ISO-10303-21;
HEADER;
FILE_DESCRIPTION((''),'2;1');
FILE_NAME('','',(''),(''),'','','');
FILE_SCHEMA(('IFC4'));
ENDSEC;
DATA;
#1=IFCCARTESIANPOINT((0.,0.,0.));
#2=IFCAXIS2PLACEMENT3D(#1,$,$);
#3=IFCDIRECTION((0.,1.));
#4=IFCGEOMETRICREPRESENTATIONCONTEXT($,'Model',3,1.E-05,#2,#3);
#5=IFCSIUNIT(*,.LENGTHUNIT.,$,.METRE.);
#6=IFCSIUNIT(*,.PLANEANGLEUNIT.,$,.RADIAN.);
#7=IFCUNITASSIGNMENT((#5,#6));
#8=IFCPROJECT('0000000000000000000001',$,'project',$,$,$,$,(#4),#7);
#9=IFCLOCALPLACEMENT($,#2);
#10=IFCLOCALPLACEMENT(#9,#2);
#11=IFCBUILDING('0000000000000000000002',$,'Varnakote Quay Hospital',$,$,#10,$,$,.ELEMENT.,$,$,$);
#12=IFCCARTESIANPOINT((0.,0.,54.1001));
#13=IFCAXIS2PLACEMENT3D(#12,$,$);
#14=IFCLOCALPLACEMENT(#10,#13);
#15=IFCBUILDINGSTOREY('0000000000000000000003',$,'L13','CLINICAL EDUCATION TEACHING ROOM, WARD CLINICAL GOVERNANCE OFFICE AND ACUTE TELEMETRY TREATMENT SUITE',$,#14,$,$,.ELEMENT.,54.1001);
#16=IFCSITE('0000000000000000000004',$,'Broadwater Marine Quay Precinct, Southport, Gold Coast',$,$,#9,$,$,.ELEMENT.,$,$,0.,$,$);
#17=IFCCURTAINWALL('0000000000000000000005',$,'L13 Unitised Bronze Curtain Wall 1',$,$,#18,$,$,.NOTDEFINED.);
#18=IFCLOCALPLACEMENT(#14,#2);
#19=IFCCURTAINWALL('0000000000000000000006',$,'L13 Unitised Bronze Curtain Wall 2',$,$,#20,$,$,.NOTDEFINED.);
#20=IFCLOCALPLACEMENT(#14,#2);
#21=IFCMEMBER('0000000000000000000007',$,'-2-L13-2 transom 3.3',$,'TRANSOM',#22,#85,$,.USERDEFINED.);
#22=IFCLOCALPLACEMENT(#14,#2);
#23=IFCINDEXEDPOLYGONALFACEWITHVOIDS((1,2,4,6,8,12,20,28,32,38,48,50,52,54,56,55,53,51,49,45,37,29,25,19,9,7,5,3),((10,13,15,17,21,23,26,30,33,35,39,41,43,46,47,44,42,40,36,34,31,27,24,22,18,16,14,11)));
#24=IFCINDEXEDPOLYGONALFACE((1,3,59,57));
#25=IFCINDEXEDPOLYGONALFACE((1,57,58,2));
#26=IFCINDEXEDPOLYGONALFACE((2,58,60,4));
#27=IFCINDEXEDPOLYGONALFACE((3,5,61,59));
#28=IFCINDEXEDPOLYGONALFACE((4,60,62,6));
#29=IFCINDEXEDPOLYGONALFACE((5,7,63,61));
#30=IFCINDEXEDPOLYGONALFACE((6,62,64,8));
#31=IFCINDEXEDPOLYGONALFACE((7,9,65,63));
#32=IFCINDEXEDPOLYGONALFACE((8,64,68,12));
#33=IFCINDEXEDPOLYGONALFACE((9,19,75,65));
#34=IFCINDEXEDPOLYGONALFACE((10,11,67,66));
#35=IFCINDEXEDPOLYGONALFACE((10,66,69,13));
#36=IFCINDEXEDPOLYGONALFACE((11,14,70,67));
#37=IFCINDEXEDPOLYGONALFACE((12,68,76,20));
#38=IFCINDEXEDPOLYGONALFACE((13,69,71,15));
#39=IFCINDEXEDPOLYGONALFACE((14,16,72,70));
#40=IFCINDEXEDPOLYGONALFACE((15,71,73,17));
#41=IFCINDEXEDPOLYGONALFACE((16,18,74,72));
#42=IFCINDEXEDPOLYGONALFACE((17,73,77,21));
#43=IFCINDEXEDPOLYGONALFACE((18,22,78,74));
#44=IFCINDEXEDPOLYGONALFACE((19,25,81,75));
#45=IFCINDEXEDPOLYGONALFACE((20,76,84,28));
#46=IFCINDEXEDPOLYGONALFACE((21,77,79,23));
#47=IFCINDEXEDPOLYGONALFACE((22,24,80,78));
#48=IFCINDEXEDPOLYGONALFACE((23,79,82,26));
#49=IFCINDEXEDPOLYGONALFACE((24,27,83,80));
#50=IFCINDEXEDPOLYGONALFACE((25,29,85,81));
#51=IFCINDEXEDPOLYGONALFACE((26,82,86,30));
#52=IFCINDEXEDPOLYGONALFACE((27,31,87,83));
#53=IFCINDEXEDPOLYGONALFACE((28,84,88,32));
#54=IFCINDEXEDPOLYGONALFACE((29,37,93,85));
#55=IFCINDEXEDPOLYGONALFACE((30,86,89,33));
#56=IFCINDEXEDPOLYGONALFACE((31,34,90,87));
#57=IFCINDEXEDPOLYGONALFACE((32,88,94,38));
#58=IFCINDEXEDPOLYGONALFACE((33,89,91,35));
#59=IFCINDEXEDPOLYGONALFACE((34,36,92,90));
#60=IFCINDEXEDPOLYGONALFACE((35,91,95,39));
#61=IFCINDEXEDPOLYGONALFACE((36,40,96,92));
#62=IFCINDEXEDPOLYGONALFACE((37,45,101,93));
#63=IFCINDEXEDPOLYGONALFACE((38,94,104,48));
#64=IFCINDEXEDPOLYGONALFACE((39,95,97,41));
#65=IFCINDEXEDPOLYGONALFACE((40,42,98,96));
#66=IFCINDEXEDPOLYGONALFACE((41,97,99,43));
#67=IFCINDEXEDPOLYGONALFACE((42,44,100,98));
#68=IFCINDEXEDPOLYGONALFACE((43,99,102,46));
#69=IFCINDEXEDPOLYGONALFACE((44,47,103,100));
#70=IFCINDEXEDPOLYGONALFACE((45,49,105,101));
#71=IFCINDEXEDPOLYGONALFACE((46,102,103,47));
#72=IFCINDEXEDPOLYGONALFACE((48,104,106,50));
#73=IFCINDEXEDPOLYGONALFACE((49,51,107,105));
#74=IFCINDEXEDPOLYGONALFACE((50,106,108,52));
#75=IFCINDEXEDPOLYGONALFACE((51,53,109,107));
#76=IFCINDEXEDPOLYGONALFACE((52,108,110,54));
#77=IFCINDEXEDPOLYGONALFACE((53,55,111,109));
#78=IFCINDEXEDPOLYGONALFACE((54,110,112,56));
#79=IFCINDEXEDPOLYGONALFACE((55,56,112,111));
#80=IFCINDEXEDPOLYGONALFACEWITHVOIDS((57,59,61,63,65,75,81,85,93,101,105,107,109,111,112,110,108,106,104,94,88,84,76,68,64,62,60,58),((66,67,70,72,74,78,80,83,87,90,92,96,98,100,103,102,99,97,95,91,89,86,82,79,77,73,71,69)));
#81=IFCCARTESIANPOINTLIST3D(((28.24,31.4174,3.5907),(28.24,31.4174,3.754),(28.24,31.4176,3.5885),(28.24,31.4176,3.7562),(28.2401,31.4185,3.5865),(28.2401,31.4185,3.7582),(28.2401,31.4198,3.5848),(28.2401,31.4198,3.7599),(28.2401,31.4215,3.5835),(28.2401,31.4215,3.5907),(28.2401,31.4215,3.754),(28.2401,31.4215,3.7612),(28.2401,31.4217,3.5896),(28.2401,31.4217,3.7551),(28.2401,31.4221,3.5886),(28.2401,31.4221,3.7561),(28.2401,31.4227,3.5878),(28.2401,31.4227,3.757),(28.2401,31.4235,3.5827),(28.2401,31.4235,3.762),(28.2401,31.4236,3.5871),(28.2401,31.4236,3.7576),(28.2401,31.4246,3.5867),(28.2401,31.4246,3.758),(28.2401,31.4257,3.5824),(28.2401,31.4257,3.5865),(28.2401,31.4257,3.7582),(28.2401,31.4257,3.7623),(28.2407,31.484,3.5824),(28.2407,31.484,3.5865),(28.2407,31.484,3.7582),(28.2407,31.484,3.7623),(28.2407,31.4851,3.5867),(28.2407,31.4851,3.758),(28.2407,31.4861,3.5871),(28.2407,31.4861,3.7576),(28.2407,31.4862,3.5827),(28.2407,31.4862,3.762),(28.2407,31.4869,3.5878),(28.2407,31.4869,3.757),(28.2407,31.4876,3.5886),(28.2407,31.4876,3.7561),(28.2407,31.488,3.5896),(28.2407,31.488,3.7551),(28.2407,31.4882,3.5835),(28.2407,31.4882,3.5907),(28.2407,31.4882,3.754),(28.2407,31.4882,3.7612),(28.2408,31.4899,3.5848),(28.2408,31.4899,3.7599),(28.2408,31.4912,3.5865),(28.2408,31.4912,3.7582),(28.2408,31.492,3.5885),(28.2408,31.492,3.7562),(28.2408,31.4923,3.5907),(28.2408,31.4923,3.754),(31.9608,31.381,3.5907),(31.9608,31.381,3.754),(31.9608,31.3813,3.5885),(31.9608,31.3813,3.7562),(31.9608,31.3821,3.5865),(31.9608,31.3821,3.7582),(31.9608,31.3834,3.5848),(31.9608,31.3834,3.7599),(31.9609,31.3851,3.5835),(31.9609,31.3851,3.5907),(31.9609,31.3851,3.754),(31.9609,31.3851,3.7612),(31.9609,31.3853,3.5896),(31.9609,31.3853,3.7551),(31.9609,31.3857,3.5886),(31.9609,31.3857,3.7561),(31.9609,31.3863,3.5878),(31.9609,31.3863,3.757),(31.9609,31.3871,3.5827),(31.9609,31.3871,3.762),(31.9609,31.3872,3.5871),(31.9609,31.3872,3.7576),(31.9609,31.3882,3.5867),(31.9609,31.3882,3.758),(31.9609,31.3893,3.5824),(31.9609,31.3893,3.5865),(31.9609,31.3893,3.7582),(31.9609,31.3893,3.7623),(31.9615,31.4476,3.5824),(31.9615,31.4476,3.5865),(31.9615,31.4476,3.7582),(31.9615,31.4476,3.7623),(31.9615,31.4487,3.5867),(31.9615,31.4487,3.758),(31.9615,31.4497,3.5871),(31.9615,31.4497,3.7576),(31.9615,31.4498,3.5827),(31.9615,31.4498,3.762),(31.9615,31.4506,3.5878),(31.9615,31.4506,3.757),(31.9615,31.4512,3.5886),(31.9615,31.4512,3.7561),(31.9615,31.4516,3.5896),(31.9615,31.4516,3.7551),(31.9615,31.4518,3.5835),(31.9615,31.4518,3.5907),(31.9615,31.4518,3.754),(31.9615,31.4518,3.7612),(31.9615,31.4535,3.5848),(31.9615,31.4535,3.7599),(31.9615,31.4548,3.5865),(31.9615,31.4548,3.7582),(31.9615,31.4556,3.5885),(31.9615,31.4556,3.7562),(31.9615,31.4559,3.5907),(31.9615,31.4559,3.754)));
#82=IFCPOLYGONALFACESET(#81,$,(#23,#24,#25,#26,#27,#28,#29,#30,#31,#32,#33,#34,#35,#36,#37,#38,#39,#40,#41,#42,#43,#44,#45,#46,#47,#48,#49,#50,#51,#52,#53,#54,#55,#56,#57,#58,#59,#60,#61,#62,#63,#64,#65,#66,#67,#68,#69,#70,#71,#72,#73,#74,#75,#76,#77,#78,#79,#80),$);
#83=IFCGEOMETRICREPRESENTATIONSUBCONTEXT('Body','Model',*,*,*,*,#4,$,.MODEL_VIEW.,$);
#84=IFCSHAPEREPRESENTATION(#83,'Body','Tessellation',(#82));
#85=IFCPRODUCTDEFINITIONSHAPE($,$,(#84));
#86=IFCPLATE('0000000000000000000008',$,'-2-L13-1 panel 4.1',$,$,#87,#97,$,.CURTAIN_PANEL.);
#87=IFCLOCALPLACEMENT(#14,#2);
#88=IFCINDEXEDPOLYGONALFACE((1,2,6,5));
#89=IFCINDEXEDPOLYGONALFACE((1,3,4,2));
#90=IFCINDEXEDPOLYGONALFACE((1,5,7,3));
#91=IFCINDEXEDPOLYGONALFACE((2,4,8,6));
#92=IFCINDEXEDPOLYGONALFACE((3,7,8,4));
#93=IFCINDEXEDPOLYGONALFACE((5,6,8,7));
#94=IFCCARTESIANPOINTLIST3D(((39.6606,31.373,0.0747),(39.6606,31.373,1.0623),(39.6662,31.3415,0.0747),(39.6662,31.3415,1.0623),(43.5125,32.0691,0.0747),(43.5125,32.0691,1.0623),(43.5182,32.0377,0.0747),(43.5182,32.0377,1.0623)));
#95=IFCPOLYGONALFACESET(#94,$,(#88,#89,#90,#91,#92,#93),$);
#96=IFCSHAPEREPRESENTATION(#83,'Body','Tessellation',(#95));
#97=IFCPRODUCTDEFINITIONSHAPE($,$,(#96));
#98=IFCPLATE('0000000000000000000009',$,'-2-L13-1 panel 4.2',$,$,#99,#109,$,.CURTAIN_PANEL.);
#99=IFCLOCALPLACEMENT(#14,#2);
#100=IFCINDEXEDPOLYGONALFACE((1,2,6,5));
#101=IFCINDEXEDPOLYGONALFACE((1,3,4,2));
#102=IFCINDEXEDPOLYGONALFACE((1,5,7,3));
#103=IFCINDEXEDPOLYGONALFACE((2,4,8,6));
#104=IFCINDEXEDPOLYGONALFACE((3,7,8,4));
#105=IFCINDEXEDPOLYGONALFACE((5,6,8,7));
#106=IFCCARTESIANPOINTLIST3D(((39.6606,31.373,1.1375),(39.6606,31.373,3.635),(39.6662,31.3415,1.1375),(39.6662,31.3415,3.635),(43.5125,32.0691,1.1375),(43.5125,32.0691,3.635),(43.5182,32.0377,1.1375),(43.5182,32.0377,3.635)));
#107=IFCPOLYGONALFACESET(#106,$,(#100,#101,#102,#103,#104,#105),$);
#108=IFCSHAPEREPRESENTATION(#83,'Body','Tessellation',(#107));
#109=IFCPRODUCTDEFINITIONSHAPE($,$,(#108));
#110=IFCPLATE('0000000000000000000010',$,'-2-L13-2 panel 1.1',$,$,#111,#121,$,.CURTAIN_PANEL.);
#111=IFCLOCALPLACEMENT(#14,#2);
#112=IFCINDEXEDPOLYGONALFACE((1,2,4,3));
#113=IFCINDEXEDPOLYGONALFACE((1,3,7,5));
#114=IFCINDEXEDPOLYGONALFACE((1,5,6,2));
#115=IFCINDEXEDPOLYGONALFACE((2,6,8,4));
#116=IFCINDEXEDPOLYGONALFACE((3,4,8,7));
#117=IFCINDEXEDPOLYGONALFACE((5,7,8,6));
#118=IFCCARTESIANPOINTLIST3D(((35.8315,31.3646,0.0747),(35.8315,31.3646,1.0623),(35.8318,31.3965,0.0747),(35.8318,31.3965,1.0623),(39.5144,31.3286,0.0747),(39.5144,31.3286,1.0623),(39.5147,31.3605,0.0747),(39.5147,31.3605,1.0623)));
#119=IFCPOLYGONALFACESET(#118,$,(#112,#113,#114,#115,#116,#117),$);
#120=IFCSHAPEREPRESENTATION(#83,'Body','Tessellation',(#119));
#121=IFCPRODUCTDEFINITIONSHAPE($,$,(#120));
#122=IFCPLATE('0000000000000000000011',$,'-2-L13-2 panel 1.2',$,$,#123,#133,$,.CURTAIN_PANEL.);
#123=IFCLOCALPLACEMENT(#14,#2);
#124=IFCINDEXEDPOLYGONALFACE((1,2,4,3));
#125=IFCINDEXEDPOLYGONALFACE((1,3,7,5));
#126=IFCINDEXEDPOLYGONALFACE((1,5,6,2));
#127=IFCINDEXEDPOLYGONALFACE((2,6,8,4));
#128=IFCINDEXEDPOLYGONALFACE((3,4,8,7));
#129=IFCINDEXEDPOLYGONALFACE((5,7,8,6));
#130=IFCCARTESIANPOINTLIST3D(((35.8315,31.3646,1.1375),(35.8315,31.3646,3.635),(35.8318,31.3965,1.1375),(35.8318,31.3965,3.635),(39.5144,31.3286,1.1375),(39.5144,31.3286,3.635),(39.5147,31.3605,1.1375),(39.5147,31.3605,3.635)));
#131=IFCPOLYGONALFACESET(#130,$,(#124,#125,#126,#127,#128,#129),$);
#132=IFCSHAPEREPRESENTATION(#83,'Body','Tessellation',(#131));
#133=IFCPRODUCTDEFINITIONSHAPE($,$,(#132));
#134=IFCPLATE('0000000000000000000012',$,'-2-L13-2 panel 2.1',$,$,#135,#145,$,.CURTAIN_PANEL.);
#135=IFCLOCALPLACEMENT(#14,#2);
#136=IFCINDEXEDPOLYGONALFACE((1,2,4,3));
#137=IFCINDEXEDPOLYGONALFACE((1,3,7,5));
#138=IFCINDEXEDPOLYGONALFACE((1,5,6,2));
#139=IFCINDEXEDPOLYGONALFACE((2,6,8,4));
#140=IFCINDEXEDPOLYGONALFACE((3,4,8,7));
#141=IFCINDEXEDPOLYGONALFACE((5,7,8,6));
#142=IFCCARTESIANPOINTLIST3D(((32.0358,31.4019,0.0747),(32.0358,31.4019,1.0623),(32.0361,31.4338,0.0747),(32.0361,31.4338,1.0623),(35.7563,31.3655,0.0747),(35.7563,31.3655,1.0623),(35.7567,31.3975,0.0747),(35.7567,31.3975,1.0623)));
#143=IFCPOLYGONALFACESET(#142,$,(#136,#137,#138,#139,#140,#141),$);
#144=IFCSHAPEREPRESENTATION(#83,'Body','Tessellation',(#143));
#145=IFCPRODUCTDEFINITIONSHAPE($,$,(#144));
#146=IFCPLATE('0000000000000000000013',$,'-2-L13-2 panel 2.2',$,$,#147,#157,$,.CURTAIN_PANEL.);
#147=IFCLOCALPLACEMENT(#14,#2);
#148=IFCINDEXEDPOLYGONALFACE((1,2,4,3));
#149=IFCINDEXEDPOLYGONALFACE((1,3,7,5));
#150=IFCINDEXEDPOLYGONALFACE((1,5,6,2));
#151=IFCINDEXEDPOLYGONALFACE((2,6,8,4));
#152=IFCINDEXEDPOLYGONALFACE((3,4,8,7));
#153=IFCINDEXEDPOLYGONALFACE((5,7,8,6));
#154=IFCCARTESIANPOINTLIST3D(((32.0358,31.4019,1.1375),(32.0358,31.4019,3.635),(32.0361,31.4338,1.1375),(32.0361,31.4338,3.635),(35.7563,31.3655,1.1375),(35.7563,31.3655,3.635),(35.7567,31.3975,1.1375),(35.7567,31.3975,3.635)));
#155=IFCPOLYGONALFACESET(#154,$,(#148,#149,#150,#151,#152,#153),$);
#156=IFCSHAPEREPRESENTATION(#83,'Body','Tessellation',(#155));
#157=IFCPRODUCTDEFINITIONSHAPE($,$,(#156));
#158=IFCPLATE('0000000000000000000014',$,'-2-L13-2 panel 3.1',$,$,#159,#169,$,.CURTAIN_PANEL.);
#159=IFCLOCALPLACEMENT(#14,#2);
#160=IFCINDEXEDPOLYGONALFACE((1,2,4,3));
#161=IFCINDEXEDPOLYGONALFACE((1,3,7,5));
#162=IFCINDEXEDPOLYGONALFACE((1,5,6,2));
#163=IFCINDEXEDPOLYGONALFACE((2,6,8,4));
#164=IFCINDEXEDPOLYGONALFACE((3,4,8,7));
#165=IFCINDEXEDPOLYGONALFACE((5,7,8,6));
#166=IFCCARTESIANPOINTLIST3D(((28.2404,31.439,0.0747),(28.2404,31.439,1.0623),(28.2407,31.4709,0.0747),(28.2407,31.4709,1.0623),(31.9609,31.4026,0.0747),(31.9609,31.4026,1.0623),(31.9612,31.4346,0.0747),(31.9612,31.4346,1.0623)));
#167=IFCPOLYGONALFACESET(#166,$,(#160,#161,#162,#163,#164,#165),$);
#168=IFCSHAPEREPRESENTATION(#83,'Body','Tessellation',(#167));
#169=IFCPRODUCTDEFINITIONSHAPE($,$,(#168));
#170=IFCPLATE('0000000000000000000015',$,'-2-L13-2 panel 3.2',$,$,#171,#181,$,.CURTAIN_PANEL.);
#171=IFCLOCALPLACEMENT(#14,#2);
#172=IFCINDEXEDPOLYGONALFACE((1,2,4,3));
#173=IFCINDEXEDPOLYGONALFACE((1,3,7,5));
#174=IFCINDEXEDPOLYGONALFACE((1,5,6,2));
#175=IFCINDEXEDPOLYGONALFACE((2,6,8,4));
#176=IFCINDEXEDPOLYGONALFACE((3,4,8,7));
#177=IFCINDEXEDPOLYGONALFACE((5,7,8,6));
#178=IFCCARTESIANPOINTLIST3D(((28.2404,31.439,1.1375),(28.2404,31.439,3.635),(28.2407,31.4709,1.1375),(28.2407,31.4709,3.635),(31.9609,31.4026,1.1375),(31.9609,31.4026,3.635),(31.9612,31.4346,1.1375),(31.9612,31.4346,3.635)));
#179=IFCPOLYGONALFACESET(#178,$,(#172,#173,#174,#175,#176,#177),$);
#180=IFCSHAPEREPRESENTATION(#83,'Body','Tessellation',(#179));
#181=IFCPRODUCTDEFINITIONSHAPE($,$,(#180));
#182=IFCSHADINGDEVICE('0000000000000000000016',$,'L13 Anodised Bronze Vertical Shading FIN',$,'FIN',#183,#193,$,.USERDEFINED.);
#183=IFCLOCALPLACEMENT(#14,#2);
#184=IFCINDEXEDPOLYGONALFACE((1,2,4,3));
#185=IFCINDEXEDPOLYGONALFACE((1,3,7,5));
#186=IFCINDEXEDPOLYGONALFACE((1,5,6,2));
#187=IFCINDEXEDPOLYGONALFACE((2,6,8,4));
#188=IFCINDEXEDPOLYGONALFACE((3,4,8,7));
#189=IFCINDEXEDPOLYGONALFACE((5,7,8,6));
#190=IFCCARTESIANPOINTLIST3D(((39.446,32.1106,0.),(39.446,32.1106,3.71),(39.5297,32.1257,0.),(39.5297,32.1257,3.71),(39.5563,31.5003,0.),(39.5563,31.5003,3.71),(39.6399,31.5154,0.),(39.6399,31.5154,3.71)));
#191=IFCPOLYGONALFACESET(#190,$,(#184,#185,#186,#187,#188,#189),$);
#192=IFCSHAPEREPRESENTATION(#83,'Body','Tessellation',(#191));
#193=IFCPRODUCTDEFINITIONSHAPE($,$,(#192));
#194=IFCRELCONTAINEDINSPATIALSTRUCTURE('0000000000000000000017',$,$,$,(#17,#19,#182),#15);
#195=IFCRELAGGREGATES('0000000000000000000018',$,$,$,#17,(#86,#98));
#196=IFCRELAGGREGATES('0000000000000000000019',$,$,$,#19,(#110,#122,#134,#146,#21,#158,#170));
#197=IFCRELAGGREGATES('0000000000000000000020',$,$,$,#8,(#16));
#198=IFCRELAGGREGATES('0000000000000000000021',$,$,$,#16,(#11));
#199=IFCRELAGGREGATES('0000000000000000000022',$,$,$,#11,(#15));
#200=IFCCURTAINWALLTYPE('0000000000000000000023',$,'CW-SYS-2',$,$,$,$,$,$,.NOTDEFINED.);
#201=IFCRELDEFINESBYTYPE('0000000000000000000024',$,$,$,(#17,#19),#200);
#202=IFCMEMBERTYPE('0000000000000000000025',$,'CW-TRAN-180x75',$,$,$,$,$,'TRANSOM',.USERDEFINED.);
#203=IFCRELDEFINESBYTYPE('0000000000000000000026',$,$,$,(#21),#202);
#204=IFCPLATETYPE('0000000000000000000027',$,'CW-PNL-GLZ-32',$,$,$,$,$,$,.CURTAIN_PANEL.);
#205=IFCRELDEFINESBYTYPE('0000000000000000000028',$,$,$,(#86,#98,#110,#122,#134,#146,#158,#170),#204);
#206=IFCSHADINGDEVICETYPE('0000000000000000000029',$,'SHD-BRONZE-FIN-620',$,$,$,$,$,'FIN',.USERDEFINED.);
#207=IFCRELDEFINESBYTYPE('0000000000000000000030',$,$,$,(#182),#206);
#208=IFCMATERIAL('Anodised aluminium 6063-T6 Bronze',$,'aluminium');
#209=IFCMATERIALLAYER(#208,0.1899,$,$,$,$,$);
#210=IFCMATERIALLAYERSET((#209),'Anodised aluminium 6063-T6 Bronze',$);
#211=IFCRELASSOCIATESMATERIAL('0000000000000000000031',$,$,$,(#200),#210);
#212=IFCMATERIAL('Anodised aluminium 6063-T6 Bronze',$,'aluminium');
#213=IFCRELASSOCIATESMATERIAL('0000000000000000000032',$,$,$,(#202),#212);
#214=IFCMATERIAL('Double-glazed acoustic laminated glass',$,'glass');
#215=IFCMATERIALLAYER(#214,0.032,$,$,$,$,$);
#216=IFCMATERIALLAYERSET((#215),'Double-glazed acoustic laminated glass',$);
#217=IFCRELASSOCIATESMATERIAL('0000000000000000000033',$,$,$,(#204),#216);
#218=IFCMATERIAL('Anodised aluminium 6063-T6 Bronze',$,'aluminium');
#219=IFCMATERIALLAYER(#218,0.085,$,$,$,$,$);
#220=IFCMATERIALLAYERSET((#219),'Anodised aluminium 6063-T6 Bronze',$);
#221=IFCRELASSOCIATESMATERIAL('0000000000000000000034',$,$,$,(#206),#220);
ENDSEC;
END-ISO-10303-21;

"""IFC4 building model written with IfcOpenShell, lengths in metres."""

from ifc_helpers import new_model, si_unit, direction, frame, origin, origin_2d, place, context, subcontext, project, spatial, rectangle, hollow_rectangle, extrude, material, layer, layer_set, material_profile, profile_set, type_object, element, aggregate, save


model = new_model("IFC4")

# Units and contexts
model_context = context("Model", 3, precision=1e-05, world=origin(), true_north=direction((0.0, 1.0)))
body_context = subcontext(model_context, "Body", "Model", "MODEL_VIEW")
ifc_project = project(units=[si_unit("LENGTHUNIT", "METRE"), si_unit("PLANEANGLEUNIT", "RADIAN")], contexts=[model_context])

# Site, building, storey
site_placement = place(None, origin())
site = spatial("IfcSite", under=ifc_project, at=site_placement, Name="Broadwater Marine Quay Precinct, Southport, Gold Coast", CompositionType="ELEMENT", RefElevation=0.0)
building_placement = place(site_placement, origin())
building = spatial("IfcBuilding", under=site, at=building_placement, Name="Varnakote Quay Hospital", CompositionType="ELEMENT")
storey_placement = place(building_placement, frame((0.0, 0.0, 54.1001)))
storey = spatial("IfcBuildingStorey", under=building, at=storey_placement, Name="L13", Description="CLINICAL EDUCATION TEACHING ROOM, WARD CLINICAL GOVERNANCE OFFICE AND ACUTE TELEMETRY TREATMENT SUITE", CompositionType="ELEMENT", Elevation=54.1001)

# Curtain wall
ifc_material_1 = material(Name="Anodised aluminium 6063-T6 Bronze", Category="aluminium")
ifc_layer_1 = layer(ifc_material_1, 0.1899)
ifc_layer_set_1 = layer_set([ifc_layer_1], Name="Anodised aluminium 6063-T6 Bronze")
curtain_wall_type = type_object("IfcCurtainWallType", Name="CW-SYS-2", PredefinedType="NOTDEFINED", material=ifc_layer_set_1)
curtain_wall_1_placement = place(storey_placement, origin())
curtain_wall_1 = element("IfcCurtainWall", 1, at=curtain_wall_1_placement, inside=storey, type_object=curtain_wall_type, Name="L13 Unitised Bronze Curtain Wall 1", PredefinedType="NOTDEFINED")

# Curtain wall, member
curtain_wall_2_placement = place(storey_placement, origin())
curtain_wall_2 = element("IfcCurtainWall", 2, at=curtain_wall_2_placement, inside=storey, type_object=curtain_wall_type, Name="L13 Unitised Bronze Curtain Wall 2", PredefinedType="NOTDEFINED")
ifc_material_2 = material(Name="Anodised aluminium 6063-T6 Bronze", Category="aluminium")
ifc_material_profile_1 = material_profile(ifc_material_2, hollow_rectangle(XDim=0.075, YDim=0.1799, WallThickness=0.0042, InnerFilletRadius=0.0042, OuterFilletRadius=0.0083, at=origin_2d()), Name="CW-TRAN-180x75")
ifc_profile_set_1 = profile_set([ifc_material_profile_1], Name="Anodised aluminium 6063-T6 Bronze")
member_type_1 = type_object("IfcMemberType", Name="CW-TRAN-180x75", ElementType="TRANSOM", PredefinedType="USERDEFINED", material=ifc_profile_set_1)
member_1_placement = place(storey_placement, frame((31.9612, 31.4185, 3.6724), z_axis=(-0.999952, 0.009776, 0.0), x_axis=(-0.009776, -0.999952, 0.0)))
member_1 = element("IfcMember", 3, at=member_1_placement, type_object=member_type_1, Name="-2-L13-2 transom 3.3", ObjectType="TRANSOM", PredefinedType="USERDEFINED", context=body_context, shape_type="SweptSolid", body=[
    extrude(hollow_rectangle(XDim=0.075, YDim=0.1799, WallThickness=0.0042, InnerFilletRadius=0.0042, OuterFilletRadius=0.0083, at=origin_2d()), origin(), (0.0, 0.0, 1.0), 3.7209),
])

# Plates
ifc_material_3 = material(Name="Double-glazed acoustic laminated glass", Category="glass")
ifc_layer_2 = layer(ifc_material_3, 0.032)
ifc_layer_set_2 = layer_set([ifc_layer_2], Name="Double-glazed acoustic laminated glass")
plate_type = type_object("IfcPlateType", Name="CW-PNL-GLZ-32", PredefinedType="CURTAIN_PANEL", material=ifc_layer_set_2)
plate_1_placement = place(storey_placement, frame((41.5894, 31.7053, 0.0747), z_axis=(0.0, 0.0, 1.0), x_axis=(-0.984058, -0.177846, 0.0)))
plate_1 = element("IfcPlate", 4, at=plate_1_placement, type_object=plate_type, Name="-2-L13-1 panel 4.1", PredefinedType="CURTAIN_PANEL", context=body_context, shape_type="SweptSolid", body=[
    extrude(rectangle(XDim=3.9143, YDim=0.032, at=origin_2d()), origin(), (0.0, 0.0, 1.0), 0.9875),
])
plate_2_placement = place(storey_placement, frame((41.5894, 31.7053, 1.1375), z_axis=(0.0, 0.0, 1.0), x_axis=(-0.984058, -0.177846, 0.0)))
plate_2 = element("IfcPlate", 5, at=plate_2_placement, type_object=plate_type, Name="-2-L13-1 panel 4.2", PredefinedType="CURTAIN_PANEL", context=body_context, shape_type="SweptSolid", body=[
    extrude(rectangle(XDim=3.9143, YDim=0.032, at=origin_2d()), origin(), (0.0, 0.0, 1.0), 2.4976),
])
aggregate(curtain_wall_1, [plate_1, plate_2])
plate_3_placement = place(storey_placement, frame((37.6731, 31.3625, 0.0747), z_axis=(0.0, 0.0, 1.0), x_axis=(-0.999952, 0.009774, 0.0)))
plate_3 = element("IfcPlate", 6, at=plate_3_placement, type_object=plate_type, Name="-2-L13-2 panel 1.1", PredefinedType="CURTAIN_PANEL", context=body_context, shape_type="SweptSolid", body=[
    extrude(rectangle(XDim=3.6831, YDim=0.032, at=origin_2d()), origin(), (0.0, 0.0, 1.0), 0.9875),
])
plate_4_placement = place(storey_placement, frame((37.6731, 31.3625, 1.1375), z_axis=(0.0, 0.0, 1.0), x_axis=(-0.999952, 0.009774, 0.0)))
plate_4 = element("IfcPlate", 7, at=plate_4_placement, type_object=plate_type, Name="-2-L13-2 panel 1.2", PredefinedType="CURTAIN_PANEL", context=body_context, shape_type="SweptSolid", body=[
    extrude(rectangle(XDim=3.6831, YDim=0.032, at=origin_2d()), origin(), (0.0, 0.0, 1.0), 2.4976),
])
plate_5_placement = place(storey_placement, frame((33.8962, 31.3997, 0.0747), z_axis=(0.0, 0.0, 1.0), x_axis=(-0.999952, 0.009774, 0.0)))
plate_5 = element("IfcPlate", 8, at=plate_5_placement, type_object=plate_type, Name="-2-L13-2 panel 2.1", PredefinedType="CURTAIN_PANEL", context=body_context, shape_type="SweptSolid", body=[
    extrude(rectangle(XDim=3.7207, YDim=0.032, at=origin_2d()), origin(), (0.0, 0.0, 1.0), 0.9875),
])
plate_6_placement = place(storey_placement, frame((33.8962, 31.3997, 1.1375), z_axis=(0.0, 0.0, 1.0), x_axis=(-0.999952, 0.009774, 0.0)))
plate_6 = element("IfcPlate", 9, at=plate_6_placement, type_object=plate_type, Name="-2-L13-2 panel 2.2", PredefinedType="CURTAIN_PANEL", context=body_context, shape_type="SweptSolid", body=[
    extrude(rectangle(XDim=3.7207, YDim=0.032, at=origin_2d()), origin(), (0.0, 0.0, 1.0), 2.4976),
])
plate_7_placement = place(storey_placement, frame((30.1008, 31.4368, 0.0747), z_axis=(0.0, 0.0, 1.0), x_axis=(-0.999952, 0.009774, 0.0)))
plate_7 = element("IfcPlate", 10, at=plate_7_placement, type_object=plate_type, Name="-2-L13-2 panel 3.1", PredefinedType="CURTAIN_PANEL", context=body_context, shape_type="SweptSolid", body=[
    extrude(rectangle(XDim=3.7207, YDim=0.032, at=origin_2d()), origin(), (0.0, 0.0, 1.0), 0.9875),
])
plate_8_placement = place(storey_placement, frame((30.1008, 31.4368, 1.1375), z_axis=(0.0, 0.0, 1.0), x_axis=(-0.999952, 0.009774, 0.0)))
plate_8 = element("IfcPlate", 11, at=plate_8_placement, type_object=plate_type, Name="-2-L13-2 panel 3.2", PredefinedType="CURTAIN_PANEL", context=body_context, shape_type="SweptSolid", body=[
    extrude(rectangle(XDim=3.7207, YDim=0.032, at=origin_2d()), origin(), (0.0, 0.0, 1.0), 2.4976),
])
aggregate(curtain_wall_2, [plate_3, plate_4, plate_5, plate_6, member_1, plate_7, plate_8])

# Shading device
ifc_material_4 = material(Name="Anodised aluminium 6063-T6 Bronze", Category="aluminium")
ifc_layer_3 = layer(ifc_material_4, 0.085)
ifc_layer_set_3 = layer_set([ifc_layer_3], Name="Anodised aluminium 6063-T6 Bronze")
shading_device_type = type_object("IfcShadingDeviceType", Name="SHD-BRONZE-FIN-620", ElementType="FIN", PredefinedType="USERDEFINED", material=ifc_layer_set_3)
for number, where, z_axis, x_axis, name in (
    (12, (39.543, 31.813, 0.0), (0.0, 0.0, 1.0), (0.177772, -0.984072, 0.0), "L13 Anodised Bronze Vertical Shading FIN"),
):
    element("IfcShadingDevice", number, at=place(storey_placement, frame(where, z_axis=z_axis, x_axis=x_axis)), inside=storey, type_object=shading_device_type, Name=name, ObjectType="FIN", PredefinedType="USERDEFINED", context=body_context, shape_type="SweptSolid", body=[
        extrude(rectangle(XDim=0.6201, YDim=0.085, at=origin_2d()), origin(), (0.0, 0.0, 1.0), 3.71),
    ])

save(model, "model.ifc")
